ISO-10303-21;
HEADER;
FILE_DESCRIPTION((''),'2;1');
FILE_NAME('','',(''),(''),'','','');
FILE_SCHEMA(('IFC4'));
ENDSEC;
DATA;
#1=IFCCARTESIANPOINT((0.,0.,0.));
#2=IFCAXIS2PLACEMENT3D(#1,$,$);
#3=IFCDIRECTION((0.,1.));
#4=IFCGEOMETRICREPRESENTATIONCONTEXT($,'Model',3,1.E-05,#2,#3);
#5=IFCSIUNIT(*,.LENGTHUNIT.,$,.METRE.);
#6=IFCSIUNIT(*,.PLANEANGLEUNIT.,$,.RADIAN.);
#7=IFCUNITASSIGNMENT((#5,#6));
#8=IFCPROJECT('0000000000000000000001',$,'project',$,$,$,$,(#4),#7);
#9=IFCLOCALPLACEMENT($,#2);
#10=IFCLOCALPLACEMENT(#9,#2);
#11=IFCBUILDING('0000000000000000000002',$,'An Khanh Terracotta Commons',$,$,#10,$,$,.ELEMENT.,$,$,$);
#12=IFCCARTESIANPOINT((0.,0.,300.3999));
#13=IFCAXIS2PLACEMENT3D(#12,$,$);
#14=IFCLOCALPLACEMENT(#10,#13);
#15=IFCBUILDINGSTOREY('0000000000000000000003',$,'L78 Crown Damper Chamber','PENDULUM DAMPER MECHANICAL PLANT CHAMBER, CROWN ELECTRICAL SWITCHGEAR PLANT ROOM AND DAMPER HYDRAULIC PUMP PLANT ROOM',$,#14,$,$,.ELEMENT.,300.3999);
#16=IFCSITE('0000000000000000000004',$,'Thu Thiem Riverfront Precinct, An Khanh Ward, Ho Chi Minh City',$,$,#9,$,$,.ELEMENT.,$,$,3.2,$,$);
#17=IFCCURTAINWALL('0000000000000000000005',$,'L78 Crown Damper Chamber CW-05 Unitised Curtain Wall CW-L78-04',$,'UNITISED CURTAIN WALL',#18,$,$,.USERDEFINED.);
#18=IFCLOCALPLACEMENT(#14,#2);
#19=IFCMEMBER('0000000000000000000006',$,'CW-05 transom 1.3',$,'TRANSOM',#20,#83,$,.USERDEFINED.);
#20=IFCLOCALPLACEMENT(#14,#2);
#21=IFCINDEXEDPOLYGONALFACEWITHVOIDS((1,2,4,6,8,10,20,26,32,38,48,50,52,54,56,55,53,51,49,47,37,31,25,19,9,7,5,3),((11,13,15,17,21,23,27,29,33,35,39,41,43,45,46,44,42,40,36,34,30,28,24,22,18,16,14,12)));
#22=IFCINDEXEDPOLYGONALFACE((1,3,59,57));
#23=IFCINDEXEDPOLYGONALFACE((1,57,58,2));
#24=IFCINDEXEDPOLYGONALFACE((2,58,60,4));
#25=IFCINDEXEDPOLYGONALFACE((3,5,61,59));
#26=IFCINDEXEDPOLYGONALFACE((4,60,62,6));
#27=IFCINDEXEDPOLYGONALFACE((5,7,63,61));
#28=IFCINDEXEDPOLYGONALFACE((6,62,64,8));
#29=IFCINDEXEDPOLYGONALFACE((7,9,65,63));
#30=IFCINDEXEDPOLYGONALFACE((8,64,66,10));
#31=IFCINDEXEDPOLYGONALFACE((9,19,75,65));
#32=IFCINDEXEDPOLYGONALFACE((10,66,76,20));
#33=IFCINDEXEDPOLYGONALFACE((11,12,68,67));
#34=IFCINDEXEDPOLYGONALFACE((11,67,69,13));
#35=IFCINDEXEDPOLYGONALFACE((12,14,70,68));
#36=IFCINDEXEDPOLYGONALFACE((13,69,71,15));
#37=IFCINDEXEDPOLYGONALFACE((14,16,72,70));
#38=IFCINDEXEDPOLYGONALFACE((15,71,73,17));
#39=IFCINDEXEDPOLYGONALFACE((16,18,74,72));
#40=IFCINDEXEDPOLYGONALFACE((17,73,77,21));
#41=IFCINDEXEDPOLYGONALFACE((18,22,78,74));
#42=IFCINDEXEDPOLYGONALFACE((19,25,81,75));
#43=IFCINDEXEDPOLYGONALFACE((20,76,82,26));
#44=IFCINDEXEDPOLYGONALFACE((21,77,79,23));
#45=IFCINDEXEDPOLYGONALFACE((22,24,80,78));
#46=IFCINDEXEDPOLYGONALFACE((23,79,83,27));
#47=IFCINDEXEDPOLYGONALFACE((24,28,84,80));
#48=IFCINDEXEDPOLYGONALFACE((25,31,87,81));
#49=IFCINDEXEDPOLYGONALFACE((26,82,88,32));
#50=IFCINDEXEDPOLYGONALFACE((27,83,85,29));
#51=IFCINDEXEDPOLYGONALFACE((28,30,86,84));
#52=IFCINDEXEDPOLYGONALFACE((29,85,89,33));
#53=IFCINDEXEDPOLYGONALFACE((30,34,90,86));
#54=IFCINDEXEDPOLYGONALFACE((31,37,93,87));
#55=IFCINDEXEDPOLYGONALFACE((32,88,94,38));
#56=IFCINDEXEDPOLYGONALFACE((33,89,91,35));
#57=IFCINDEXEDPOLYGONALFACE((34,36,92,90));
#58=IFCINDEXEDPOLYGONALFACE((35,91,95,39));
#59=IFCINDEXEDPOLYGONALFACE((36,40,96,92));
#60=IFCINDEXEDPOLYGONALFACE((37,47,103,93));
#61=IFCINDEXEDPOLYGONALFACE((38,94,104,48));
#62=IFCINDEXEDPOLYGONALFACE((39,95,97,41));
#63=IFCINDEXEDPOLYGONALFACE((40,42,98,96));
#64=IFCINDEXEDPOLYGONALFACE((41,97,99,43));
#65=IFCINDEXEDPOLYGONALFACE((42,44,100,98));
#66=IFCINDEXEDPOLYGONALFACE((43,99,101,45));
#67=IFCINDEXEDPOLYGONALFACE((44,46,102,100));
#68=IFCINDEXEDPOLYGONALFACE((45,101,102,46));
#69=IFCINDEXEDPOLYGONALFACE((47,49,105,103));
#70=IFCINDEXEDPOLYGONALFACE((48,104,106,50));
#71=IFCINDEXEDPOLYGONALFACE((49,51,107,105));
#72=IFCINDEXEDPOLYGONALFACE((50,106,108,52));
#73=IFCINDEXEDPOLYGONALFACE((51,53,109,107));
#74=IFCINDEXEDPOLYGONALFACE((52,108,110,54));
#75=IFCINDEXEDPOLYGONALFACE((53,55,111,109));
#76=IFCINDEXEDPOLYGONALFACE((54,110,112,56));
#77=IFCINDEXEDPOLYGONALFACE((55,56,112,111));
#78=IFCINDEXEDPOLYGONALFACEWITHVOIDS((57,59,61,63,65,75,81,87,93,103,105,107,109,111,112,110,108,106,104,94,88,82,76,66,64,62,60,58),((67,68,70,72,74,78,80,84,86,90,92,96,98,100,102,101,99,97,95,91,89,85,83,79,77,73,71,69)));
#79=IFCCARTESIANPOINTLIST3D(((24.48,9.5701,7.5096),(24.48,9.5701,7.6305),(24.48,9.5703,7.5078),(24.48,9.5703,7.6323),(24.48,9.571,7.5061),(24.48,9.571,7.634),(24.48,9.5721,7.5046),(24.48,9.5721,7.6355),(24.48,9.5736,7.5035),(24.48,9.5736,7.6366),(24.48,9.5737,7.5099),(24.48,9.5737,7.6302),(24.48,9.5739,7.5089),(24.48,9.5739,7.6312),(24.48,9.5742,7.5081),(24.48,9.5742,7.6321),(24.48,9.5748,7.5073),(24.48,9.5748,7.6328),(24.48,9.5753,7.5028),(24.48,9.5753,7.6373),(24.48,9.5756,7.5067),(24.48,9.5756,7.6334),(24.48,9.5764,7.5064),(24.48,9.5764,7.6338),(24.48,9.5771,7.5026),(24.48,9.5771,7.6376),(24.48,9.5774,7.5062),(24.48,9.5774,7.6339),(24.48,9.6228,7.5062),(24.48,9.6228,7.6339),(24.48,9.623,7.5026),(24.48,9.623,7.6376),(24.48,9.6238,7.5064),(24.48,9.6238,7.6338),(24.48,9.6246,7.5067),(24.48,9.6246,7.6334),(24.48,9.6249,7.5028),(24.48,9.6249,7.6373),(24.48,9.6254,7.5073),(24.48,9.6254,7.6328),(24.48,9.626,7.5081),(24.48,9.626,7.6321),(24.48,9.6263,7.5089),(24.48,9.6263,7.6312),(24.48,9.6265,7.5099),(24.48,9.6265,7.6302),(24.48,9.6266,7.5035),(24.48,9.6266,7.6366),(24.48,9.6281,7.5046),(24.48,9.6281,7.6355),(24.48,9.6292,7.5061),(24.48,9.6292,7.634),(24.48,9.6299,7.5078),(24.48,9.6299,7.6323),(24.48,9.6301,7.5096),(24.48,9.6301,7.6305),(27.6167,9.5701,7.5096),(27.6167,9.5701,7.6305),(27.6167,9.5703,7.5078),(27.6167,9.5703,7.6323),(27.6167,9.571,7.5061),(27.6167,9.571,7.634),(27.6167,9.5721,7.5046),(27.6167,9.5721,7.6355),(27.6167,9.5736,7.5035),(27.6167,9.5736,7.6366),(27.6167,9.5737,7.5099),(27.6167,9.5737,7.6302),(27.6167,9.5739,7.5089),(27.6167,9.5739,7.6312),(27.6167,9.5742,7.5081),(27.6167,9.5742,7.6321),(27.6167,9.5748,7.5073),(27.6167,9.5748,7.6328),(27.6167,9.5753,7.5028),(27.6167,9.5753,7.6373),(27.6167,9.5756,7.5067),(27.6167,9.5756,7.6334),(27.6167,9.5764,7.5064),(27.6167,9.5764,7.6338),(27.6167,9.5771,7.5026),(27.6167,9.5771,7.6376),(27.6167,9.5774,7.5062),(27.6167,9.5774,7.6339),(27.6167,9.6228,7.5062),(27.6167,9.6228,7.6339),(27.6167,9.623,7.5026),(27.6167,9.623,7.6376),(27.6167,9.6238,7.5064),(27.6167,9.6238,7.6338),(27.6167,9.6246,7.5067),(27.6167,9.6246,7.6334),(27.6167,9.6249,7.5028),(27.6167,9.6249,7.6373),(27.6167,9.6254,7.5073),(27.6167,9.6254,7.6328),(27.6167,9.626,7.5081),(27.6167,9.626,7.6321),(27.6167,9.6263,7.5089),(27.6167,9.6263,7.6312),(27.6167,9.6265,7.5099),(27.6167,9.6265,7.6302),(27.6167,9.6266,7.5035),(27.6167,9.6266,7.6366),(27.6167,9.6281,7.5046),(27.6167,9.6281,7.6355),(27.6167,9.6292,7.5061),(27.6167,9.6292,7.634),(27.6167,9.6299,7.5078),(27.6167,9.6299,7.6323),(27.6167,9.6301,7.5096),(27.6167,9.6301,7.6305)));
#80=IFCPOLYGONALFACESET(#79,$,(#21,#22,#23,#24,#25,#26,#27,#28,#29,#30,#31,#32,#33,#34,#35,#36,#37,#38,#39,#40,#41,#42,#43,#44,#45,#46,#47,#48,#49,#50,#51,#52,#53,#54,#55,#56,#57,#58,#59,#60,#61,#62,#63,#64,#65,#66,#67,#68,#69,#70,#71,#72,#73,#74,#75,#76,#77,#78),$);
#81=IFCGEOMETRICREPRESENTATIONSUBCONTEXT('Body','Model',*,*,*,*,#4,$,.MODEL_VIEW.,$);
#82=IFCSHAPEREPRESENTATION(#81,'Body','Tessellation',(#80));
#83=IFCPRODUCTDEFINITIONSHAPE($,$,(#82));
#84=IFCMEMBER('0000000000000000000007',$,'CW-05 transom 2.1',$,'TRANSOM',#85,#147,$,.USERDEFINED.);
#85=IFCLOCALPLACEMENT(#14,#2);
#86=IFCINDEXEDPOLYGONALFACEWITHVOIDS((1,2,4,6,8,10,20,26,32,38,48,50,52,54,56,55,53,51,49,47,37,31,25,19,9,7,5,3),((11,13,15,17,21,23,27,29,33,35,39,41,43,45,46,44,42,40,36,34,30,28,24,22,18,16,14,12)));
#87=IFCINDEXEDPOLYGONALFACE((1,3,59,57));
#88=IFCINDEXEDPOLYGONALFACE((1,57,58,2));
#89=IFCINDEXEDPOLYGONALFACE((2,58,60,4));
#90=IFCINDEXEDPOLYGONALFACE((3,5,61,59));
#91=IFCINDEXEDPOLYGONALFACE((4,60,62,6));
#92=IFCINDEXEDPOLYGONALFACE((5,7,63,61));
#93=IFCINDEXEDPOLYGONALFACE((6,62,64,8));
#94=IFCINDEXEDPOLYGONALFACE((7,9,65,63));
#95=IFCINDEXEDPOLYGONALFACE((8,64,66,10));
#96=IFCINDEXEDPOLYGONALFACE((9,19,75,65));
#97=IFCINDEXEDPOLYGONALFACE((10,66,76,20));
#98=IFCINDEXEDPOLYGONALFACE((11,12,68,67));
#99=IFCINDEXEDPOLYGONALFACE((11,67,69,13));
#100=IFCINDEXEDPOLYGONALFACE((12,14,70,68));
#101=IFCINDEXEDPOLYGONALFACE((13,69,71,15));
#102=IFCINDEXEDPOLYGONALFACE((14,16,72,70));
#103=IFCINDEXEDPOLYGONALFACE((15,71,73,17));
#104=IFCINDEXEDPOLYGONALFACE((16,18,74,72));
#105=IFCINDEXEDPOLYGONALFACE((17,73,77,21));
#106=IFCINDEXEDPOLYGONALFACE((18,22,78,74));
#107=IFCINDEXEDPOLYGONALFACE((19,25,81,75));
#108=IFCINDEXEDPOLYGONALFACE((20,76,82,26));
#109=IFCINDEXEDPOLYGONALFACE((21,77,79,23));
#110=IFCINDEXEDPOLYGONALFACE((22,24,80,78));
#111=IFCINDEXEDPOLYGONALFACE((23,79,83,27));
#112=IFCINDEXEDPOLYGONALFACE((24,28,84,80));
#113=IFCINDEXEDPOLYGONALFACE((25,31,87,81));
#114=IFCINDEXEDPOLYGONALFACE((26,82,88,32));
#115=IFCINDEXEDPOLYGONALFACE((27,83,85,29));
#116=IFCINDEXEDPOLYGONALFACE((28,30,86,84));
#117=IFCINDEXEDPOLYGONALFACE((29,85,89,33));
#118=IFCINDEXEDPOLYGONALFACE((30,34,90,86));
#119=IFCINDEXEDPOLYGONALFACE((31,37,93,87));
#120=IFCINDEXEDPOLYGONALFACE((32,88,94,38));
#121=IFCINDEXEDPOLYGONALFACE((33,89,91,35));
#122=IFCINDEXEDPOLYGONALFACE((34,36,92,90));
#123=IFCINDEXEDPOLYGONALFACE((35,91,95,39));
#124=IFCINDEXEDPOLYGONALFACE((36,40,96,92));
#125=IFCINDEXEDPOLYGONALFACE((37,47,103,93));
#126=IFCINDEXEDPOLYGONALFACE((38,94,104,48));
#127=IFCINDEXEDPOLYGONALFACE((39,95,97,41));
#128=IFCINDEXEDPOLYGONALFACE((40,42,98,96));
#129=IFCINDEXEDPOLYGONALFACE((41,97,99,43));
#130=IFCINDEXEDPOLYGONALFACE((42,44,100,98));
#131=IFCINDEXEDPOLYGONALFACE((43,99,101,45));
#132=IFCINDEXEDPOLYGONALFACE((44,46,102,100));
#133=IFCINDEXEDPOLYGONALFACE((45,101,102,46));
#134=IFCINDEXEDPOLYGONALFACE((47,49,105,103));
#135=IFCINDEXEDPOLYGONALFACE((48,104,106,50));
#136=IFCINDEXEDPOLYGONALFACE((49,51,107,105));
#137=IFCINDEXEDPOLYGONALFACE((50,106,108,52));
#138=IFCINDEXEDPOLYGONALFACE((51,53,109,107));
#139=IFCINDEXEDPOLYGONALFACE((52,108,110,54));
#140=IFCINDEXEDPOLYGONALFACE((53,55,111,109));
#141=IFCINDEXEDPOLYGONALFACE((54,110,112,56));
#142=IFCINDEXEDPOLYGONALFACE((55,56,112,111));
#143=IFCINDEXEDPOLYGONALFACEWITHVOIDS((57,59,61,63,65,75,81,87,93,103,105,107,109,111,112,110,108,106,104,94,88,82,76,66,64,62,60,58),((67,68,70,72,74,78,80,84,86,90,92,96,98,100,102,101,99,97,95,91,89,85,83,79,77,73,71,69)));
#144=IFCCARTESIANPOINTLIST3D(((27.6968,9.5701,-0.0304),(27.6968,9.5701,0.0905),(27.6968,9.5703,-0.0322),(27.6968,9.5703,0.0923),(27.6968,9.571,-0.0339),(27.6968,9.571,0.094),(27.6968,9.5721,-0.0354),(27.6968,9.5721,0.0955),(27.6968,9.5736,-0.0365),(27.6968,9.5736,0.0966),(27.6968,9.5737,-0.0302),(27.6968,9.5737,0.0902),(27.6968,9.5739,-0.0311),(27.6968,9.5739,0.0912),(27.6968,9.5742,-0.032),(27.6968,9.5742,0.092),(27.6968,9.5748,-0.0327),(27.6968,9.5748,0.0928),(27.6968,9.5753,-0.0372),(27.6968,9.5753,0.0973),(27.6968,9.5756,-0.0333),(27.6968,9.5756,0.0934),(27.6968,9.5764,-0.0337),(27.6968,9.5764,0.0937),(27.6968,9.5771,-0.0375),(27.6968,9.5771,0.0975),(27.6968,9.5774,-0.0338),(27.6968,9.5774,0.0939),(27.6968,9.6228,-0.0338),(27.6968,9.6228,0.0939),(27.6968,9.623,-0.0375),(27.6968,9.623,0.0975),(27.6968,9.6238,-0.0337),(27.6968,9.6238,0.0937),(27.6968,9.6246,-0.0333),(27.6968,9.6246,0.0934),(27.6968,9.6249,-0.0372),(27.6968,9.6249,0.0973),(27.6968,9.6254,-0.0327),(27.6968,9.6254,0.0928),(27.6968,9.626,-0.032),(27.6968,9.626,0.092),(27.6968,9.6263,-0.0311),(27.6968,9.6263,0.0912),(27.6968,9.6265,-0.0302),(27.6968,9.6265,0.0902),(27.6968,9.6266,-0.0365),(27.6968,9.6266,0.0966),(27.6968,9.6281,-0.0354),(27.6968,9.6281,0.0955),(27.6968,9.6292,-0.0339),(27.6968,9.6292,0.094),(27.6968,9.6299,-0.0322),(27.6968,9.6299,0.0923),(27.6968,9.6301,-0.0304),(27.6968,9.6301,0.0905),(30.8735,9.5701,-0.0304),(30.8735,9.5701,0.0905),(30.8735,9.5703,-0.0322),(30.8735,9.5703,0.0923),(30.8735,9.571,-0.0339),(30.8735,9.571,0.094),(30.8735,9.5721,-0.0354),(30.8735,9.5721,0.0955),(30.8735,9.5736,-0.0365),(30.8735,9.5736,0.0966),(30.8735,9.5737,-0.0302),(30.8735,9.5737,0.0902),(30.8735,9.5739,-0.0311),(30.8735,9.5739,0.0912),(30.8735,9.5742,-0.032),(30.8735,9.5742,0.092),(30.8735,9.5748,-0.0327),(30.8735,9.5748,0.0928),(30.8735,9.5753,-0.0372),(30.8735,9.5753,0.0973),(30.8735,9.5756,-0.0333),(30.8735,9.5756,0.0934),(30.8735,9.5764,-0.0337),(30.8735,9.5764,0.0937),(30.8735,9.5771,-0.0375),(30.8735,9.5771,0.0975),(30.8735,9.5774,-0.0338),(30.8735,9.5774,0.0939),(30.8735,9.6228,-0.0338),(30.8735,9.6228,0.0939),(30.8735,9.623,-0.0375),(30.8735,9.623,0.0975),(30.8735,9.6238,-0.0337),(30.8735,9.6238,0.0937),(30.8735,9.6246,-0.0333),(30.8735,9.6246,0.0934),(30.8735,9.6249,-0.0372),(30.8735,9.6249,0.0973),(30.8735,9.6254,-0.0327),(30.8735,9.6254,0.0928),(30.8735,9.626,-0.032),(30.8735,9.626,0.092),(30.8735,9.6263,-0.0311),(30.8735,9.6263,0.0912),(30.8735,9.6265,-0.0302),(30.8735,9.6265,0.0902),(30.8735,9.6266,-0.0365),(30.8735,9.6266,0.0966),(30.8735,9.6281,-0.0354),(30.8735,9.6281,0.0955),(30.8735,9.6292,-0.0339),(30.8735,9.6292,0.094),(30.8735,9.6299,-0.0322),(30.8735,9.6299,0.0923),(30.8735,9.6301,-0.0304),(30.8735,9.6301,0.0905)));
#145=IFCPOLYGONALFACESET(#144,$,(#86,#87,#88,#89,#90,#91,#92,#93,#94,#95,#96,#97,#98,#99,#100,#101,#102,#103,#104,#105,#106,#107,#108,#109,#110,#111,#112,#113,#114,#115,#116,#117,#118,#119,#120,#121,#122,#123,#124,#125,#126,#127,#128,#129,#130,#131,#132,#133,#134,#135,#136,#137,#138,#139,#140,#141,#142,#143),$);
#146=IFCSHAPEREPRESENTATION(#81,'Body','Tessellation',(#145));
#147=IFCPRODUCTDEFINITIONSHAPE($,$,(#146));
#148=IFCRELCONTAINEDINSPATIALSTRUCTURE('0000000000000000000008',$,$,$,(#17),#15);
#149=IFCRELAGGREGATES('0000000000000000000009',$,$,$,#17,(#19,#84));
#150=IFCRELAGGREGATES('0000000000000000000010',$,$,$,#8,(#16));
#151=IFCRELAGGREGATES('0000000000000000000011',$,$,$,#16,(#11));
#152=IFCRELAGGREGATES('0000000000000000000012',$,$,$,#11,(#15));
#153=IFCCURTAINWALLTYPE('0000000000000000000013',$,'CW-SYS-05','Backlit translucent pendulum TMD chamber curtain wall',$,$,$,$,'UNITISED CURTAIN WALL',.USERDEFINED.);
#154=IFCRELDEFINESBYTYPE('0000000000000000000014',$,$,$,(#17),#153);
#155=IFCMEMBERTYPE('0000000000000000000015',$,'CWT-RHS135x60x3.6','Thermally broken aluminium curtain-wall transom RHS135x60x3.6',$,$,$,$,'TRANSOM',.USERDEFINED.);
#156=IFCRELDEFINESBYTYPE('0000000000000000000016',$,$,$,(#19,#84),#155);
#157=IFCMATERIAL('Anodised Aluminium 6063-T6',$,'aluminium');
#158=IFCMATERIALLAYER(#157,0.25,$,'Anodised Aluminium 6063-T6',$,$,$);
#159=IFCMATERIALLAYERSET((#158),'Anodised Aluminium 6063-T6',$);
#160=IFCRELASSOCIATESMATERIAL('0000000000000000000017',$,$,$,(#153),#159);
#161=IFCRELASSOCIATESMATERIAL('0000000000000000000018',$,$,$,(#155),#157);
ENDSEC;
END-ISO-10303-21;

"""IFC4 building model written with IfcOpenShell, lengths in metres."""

from ifc_helpers import new_model, si_unit, direction, frame, origin, origin_2d, place, context, subcontext, project, spatial, hollow_rectangle, extrude, material, layer, layer_set, material_profile, profile_set, type_object, element, aggregate, save


model = new_model("IFC4")

# Units and contexts
model_context = context("Model", 3, precision=1e-05, world=origin(), true_north=direction((0.0, 1.0)))
body_context = subcontext(model_context, "Body", "Model", "MODEL_VIEW")
ifc_project = project(units=[si_unit("LENGTHUNIT", "METRE"), si_unit("PLANEANGLEUNIT", "RADIAN")], contexts=[model_context])

# Site, building, storey
site_placement = place(None, origin())
site = spatial("IfcSite", under=ifc_project, at=site_placement, Name="Thu Thiem Riverfront Precinct, An Khanh Ward, Ho Chi Minh City", CompositionType="ELEMENT", RefElevation=3.2)
building_placement = place(site_placement, origin())
building = spatial("IfcBuilding", under=site, at=building_placement, Name="An Khanh Terracotta Commons", CompositionType="ELEMENT")
storey_placement = place(building_placement, frame((0.0, 0.0, 300.3999)))
storey = spatial("IfcBuildingStorey", under=building, at=storey_placement, Name="L78 Crown Damper Chamber", Description="PENDULUM DAMPER MECHANICAL PLANT CHAMBER, CROWN ELECTRICAL SWITCHGEAR PLANT ROOM AND DAMPER HYDRAULIC PUMP PLANT ROOM", CompositionType="ELEMENT", Elevation=300.3999)

# Curtain wall, members
ifc_material_1 = material(Name="Anodised Aluminium 6063-T6", Category="aluminium")
ifc_layer_1 = layer(ifc_material_1, 0.25, Name="Anodised Aluminium 6063-T6")
ifc_layer_set_1 = layer_set([ifc_layer_1], Name="Anodised Aluminium 6063-T6")
curtain_wall_type = type_object("IfcCurtainWallType", Name="CW-SYS-05", Description="Backlit translucent pendulum TMD chamber curtain wall", ElementType="UNITISED CURTAIN WALL", PredefinedType="USERDEFINED", material=ifc_layer_set_1)
curtain_wall_placement = place(storey_placement, origin())
curtain_wall = element("IfcCurtainWall", 1, at=curtain_wall_placement, inside=storey, type_object=curtain_wall_type, Name="L78 Crown Damper Chamber CW-05 Unitised Curtain Wall CW-L78-04", ObjectType="UNITISED CURTAIN WALL", PredefinedType="USERDEFINED")
ifc_material_profile_1 = material_profile(ifc_material_1, hollow_rectangle(XDim=0.0601, YDim=0.135, WallThickness=0.0037, InnerFilletRadius=0.0037, OuterFilletRadius=0.0071, at=origin_2d()), Name="RHS135x60x3.6")
ifc_profile_set_1 = profile_set([ifc_material_profile_1], Name="Anodised Aluminium 6063-T6")
member_type_1 = type_object("IfcMemberType", Name="CWT-RHS135x60x3.6", Description="Thermally broken aluminium curtain-wall transom RHS135x60x3.6", ElementType="TRANSOM", PredefinedType="USERDEFINED", material=ifc_profile_set_1)
member_1_placement = place(storey_placement, frame((24.48, 9.6001, 7.5701), z_axis=(1.0, 0.0, 0.0), x_axis=(0.0, 1.0, 0.0)))
member_1 = element("IfcMember", 2, at=member_1_placement, type_object=member_type_1, Name="CW-05 transom 1.3", ObjectType="TRANSOM", PredefinedType="USERDEFINED", context=body_context, shape_type="SweptSolid", body=[
    extrude(hollow_rectangle(XDim=0.0601, YDim=0.135, WallThickness=0.0037, InnerFilletRadius=0.0037, OuterFilletRadius=0.0071, at=origin_2d()), origin(), (0.0, 0.0, 1.0), 3.1367),
])
member_2_placement = place(storey_placement, frame((27.6968, 9.6001, 0.03), z_axis=(1.0, 0.0, 0.0), x_axis=(0.0, 1.0, 0.0)))
member_2 = element("IfcMember", 3, at=member_2_placement, type_object=member_type_1, Name="CW-05 transom 2.1", ObjectType="TRANSOM", PredefinedType="USERDEFINED", context=body_context, shape_type="SweptSolid", body=[
    extrude(hollow_rectangle(XDim=0.0601, YDim=0.135, WallThickness=0.0037, InnerFilletRadius=0.0037, OuterFilletRadius=0.0071, at=origin_2d()), origin(), (0.0, 0.0, 1.0), 3.1768),
])
aggregate(curtain_wall, [member_1, member_2])

save(model, "model.ifc")
